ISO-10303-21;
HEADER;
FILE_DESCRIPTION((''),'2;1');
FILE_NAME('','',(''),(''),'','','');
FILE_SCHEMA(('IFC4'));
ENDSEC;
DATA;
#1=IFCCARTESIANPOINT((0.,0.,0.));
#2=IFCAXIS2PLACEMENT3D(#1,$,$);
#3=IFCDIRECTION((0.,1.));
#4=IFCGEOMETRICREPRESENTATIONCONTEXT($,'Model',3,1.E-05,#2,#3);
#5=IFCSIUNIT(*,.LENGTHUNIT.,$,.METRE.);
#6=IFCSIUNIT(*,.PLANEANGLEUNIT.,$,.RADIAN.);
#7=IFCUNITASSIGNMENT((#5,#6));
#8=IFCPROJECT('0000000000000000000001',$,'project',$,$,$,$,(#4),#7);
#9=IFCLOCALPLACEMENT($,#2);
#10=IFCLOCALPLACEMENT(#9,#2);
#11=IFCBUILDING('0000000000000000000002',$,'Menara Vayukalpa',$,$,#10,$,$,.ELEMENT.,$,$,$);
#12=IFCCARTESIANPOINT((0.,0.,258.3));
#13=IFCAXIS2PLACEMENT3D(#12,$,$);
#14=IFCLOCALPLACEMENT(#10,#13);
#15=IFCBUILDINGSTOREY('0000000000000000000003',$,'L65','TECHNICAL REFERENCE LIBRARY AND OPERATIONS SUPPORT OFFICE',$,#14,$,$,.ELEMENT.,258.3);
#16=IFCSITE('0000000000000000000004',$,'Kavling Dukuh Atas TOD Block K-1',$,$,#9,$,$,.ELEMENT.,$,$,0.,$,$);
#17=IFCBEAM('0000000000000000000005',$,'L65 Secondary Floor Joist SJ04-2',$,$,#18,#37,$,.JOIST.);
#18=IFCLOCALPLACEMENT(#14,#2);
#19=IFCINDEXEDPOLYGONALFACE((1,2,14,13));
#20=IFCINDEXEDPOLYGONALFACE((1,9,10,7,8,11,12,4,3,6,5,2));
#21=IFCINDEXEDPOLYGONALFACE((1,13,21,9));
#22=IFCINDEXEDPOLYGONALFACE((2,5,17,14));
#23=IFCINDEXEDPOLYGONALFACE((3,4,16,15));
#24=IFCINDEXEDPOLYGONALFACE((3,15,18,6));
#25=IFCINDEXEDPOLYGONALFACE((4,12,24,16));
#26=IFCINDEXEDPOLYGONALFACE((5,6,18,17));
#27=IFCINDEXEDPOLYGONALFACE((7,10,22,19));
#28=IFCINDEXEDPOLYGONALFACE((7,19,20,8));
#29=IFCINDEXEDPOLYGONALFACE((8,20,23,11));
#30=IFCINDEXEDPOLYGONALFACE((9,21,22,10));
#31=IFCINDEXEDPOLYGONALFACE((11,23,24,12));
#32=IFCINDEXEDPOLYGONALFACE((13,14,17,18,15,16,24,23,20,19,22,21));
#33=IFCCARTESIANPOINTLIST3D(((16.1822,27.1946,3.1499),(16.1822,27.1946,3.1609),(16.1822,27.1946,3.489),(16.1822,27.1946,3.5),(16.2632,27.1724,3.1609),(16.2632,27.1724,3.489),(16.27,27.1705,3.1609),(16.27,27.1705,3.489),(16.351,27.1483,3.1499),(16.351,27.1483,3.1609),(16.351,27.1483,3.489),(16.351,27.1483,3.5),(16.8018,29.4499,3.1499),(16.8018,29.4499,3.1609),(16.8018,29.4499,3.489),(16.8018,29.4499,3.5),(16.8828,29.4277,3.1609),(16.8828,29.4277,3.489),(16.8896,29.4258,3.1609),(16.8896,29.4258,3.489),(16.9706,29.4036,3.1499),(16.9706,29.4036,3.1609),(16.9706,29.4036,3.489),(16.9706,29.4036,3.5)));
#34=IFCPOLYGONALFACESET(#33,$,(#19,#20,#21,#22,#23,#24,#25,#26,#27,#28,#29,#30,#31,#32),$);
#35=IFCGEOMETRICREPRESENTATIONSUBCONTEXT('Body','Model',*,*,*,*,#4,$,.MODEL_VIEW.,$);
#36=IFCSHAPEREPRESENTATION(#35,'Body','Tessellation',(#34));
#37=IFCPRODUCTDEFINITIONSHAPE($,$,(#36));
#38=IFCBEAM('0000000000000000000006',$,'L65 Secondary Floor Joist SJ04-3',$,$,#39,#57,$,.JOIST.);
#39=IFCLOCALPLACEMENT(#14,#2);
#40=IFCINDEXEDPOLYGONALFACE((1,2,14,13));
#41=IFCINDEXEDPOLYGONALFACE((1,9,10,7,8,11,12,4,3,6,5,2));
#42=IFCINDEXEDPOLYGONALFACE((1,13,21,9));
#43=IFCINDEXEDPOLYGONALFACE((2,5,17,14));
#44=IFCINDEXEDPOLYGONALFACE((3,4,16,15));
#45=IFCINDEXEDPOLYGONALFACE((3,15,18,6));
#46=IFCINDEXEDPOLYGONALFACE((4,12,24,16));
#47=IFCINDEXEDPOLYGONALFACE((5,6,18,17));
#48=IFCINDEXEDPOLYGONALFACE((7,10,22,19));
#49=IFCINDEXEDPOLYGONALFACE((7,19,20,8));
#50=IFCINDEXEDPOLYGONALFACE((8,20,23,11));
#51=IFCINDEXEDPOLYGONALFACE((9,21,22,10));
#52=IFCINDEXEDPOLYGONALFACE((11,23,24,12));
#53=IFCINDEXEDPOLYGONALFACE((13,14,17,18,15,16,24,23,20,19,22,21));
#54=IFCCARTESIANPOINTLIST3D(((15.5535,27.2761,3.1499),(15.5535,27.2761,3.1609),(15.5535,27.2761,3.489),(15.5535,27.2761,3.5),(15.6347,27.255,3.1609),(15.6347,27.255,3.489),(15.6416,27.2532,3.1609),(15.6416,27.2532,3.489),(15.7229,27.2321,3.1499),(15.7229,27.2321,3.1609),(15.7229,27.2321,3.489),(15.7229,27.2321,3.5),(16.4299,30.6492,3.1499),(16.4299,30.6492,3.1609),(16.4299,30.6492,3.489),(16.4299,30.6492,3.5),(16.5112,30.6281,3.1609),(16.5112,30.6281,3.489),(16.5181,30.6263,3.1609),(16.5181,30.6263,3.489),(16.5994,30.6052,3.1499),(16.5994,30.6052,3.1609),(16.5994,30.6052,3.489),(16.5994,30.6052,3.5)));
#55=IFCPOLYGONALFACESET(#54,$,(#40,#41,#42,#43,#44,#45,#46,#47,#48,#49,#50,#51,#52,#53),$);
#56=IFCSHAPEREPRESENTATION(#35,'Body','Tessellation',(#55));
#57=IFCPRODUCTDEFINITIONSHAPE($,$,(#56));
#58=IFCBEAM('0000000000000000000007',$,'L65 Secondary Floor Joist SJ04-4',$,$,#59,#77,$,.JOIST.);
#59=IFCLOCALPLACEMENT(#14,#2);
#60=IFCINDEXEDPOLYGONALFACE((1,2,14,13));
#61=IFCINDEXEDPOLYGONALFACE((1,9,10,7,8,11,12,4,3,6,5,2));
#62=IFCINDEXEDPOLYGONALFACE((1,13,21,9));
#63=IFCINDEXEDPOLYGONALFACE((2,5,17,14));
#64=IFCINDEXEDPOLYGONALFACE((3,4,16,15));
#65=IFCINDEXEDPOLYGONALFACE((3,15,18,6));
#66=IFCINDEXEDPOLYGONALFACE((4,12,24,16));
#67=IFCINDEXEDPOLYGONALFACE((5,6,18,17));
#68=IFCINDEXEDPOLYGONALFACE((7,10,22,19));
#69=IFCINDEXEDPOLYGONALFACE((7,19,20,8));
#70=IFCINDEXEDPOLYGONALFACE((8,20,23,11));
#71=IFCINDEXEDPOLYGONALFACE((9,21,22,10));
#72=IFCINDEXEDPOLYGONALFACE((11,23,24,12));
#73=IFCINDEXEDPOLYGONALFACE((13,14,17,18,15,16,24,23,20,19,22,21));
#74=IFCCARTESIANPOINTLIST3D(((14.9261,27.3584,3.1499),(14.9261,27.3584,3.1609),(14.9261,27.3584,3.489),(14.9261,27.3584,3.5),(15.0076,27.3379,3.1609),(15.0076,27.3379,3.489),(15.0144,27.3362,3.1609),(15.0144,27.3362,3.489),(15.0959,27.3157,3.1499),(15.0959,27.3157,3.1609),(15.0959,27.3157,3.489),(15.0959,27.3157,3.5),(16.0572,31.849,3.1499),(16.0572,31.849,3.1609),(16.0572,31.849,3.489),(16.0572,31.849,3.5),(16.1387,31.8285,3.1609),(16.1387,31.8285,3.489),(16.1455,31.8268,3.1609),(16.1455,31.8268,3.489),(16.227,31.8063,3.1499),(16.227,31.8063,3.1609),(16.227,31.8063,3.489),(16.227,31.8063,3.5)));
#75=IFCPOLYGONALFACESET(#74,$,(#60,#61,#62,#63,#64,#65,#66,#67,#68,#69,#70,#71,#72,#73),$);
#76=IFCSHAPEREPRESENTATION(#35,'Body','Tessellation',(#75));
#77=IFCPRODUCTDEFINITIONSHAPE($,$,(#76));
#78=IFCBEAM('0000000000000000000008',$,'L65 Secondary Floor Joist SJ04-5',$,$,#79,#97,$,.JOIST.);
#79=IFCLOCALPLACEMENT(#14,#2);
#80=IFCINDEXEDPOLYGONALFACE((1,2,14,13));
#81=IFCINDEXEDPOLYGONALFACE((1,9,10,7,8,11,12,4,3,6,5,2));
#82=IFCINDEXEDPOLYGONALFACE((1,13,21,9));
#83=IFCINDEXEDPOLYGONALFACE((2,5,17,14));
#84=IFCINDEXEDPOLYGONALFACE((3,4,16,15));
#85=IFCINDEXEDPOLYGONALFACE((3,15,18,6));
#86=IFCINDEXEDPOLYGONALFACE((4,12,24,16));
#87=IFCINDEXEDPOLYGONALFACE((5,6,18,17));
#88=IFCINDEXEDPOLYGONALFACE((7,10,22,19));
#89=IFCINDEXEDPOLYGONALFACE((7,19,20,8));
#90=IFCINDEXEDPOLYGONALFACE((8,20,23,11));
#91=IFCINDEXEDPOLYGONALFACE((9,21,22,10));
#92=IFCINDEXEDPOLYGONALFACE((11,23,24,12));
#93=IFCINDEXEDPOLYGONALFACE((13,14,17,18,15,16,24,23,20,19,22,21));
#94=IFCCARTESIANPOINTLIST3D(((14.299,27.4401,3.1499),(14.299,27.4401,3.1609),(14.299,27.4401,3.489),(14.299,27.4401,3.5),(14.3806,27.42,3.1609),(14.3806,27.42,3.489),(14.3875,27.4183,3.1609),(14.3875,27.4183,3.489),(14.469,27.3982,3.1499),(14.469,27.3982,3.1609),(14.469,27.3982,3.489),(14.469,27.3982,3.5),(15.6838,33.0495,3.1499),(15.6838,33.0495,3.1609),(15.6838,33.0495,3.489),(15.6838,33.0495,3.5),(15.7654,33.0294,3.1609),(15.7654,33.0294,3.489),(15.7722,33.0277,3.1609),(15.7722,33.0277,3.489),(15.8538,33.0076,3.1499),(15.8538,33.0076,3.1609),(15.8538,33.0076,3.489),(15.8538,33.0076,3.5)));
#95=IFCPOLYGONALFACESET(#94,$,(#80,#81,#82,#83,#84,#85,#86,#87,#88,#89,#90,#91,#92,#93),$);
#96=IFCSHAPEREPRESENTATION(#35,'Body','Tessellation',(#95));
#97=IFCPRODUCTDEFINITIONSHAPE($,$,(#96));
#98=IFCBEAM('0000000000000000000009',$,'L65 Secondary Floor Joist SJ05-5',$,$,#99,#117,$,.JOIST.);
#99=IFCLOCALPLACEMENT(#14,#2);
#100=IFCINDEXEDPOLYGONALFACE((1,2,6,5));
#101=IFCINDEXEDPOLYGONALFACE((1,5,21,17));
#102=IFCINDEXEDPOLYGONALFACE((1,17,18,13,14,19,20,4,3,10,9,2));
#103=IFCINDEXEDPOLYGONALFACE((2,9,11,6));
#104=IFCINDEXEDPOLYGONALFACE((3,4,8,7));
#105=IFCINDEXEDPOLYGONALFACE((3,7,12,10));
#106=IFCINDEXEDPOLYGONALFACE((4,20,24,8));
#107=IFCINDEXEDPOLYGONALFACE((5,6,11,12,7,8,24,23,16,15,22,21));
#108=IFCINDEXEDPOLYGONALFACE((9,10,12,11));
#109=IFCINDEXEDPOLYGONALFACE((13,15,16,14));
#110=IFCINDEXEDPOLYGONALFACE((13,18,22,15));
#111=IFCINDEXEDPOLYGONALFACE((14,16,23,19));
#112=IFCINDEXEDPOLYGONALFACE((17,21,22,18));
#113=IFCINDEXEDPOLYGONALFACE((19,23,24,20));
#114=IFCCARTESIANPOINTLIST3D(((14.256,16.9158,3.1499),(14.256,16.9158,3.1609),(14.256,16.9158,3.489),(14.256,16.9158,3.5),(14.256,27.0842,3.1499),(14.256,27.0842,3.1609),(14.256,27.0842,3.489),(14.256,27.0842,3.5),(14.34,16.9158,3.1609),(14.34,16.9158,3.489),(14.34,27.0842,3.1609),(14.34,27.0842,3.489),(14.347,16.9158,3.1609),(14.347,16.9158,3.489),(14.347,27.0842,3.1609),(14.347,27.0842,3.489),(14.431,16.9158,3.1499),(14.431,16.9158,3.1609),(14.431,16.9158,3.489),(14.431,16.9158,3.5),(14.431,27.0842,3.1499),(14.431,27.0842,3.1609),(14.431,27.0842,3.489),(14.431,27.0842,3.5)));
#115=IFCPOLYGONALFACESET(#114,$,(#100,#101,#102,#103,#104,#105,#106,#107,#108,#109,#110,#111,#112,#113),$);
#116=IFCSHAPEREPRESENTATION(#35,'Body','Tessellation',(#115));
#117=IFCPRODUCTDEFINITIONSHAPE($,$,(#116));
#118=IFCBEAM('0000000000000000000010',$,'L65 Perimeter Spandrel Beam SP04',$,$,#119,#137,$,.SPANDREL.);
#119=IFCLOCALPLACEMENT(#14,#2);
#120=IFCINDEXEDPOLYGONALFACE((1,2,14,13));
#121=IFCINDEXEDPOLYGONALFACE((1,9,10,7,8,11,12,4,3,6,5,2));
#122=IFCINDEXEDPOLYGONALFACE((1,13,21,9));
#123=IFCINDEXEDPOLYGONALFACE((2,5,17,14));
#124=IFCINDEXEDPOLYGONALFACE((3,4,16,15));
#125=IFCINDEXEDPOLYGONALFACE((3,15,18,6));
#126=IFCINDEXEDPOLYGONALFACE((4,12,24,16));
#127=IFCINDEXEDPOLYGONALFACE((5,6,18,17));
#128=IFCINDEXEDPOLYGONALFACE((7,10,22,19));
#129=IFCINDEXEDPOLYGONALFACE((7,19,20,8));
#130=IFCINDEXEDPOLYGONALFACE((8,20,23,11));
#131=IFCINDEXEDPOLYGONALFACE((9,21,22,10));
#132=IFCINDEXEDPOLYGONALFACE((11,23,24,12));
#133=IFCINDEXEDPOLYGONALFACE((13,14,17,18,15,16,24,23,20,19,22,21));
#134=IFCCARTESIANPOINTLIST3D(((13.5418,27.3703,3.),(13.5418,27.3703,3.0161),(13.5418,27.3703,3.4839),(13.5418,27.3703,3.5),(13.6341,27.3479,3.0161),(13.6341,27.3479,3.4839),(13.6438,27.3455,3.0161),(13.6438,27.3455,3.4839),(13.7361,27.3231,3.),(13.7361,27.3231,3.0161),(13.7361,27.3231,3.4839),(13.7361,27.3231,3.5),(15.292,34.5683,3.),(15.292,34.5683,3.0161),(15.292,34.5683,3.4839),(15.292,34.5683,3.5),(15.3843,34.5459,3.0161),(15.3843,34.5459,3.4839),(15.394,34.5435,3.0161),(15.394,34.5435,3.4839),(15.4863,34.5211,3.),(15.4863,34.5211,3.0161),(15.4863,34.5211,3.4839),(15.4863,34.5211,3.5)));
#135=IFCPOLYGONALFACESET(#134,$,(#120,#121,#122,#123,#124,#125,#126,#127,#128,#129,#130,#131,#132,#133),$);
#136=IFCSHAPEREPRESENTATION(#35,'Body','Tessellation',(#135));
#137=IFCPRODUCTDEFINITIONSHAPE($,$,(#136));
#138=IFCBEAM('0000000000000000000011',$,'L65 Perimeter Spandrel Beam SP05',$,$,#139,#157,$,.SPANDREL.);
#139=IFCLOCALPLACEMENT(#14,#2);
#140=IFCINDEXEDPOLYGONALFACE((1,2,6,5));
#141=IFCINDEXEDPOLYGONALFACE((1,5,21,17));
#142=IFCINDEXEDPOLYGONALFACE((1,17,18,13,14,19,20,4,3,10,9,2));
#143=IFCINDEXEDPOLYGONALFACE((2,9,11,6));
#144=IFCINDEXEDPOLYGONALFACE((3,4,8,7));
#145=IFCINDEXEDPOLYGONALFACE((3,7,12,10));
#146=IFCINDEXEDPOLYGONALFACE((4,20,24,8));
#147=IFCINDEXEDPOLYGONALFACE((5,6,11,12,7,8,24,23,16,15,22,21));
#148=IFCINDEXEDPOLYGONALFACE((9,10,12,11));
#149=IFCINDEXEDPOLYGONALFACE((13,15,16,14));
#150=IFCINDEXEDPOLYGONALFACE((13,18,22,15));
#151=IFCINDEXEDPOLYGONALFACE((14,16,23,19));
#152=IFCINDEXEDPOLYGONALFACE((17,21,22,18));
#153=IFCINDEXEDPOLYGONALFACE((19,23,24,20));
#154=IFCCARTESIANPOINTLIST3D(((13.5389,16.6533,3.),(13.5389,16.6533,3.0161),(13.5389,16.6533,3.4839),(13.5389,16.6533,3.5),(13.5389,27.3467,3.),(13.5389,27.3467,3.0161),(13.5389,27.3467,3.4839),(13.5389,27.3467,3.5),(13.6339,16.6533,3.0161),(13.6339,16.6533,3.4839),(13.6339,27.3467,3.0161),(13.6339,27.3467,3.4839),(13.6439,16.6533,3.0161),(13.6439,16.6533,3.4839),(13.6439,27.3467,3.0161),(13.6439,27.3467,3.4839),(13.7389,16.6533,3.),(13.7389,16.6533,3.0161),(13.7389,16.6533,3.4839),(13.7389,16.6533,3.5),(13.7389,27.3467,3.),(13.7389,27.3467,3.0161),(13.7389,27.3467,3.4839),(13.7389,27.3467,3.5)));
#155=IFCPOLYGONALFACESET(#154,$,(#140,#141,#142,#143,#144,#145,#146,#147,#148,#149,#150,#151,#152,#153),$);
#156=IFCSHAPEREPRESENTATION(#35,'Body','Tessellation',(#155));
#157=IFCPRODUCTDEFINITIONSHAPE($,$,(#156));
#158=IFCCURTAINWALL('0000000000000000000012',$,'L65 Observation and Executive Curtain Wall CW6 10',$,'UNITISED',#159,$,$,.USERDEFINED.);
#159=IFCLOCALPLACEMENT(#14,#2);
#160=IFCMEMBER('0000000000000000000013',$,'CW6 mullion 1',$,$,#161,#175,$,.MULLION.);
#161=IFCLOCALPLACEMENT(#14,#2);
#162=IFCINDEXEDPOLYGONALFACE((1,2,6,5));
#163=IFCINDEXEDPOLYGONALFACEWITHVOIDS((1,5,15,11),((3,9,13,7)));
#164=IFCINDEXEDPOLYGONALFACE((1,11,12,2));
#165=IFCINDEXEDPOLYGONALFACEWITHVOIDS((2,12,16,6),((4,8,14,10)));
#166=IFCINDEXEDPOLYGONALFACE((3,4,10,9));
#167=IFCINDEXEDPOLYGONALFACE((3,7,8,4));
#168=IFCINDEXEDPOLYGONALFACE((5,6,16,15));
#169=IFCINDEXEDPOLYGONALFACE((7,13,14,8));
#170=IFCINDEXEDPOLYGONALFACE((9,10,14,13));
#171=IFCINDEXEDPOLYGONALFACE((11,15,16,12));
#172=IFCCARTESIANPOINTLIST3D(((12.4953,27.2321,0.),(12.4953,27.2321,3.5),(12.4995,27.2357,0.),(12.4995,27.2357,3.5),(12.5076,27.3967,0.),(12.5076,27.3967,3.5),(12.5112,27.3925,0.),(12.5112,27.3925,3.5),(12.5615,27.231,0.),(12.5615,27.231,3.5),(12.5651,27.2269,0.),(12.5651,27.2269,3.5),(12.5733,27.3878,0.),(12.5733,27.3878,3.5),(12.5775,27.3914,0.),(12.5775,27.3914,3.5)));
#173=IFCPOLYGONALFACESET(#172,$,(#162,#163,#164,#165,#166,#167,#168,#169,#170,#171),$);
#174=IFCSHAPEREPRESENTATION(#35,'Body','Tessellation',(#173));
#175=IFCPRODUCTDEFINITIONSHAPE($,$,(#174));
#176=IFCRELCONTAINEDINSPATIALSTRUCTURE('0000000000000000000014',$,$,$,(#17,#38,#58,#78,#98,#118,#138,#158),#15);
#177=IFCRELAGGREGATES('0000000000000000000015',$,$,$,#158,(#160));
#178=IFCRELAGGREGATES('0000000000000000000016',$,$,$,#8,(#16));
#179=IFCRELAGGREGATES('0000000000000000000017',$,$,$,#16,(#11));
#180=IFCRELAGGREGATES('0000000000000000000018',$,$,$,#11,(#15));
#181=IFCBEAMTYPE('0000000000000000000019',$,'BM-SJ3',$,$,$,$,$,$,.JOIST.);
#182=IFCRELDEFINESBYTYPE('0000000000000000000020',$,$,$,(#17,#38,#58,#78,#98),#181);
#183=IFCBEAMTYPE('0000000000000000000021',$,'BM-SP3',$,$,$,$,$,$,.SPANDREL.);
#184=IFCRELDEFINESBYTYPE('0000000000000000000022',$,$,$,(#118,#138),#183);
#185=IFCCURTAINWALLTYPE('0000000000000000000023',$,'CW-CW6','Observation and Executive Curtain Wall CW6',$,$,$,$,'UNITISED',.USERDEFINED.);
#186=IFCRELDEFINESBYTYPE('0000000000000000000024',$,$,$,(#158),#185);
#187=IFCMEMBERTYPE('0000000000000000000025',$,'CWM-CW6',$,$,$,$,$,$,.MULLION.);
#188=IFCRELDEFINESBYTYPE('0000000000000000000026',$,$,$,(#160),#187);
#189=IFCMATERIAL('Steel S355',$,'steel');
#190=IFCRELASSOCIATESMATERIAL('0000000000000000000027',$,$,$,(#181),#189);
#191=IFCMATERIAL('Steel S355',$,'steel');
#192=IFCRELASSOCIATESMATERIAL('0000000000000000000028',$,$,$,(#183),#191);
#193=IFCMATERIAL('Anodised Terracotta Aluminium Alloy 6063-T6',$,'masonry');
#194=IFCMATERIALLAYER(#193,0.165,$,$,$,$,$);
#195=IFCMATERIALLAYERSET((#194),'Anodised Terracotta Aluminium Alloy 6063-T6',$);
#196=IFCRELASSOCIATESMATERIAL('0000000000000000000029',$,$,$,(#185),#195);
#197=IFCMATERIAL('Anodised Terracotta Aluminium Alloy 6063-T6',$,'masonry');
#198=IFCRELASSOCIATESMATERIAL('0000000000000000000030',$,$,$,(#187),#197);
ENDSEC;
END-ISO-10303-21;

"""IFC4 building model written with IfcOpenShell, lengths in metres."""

from ifc_helpers import new_model, si_unit, direction, frame, origin, origin_2d, place, context, subcontext, project, spatial, hollow_rectangle, i_section, extrude, material, layer, layer_set, material_profile, profile_set, type_object, element, aggregate, save


model = new_model("IFC4")

# Units and contexts
model_context = context("Model", 3, precision=1e-05, world=origin(), true_north=direction((0.0, 1.0)))
body_context = subcontext(model_context, "Body", "Model", "MODEL_VIEW")
ifc_project = project(units=[si_unit("LENGTHUNIT", "METRE"), si_unit("PLANEANGLEUNIT", "RADIAN")], contexts=[model_context])

# Site, building, storey
site_placement = place(None, origin())
site = spatial("IfcSite", under=ifc_project, at=site_placement, Name="Kavling Dukuh Atas TOD Block K-1", CompositionType="ELEMENT", RefElevation=0.0)
building_placement = place(site_placement, origin())
building = spatial("IfcBuilding", under=site, at=building_placement, Name="Menara Vayukalpa", CompositionType="ELEMENT")
storey_placement = place(building_placement, frame((0.0, 0.0, 258.3)))
storey = spatial("IfcBuildingStorey", under=building, at=storey_placement, Name="L65", Description="TECHNICAL REFERENCE LIBRARY AND OPERATIONS SUPPORT OFFICE", CompositionType="ELEMENT", Elevation=258.3)

# Beams
ifc_material_1 = material(Name="Steel S355", Category="steel")
ifc_material_profile_1 = material_profile(ifc_material_1, i_section(OverallWidth=0.175, OverallDepth=0.3501, WebThickness=0.0071, FlangeThickness=0.011, at=origin_2d()), Name="WF 350x175x7x11")
ifc_profile_set_1 = profile_set([ifc_material_profile_1], Name="Steel S355")
beam_type_1 = type_object("IfcBeamType", Name="BM-SJ3", PredefinedType="JOIST", material=ifc_profile_set_1)
beam_1_placement = place(storey_placement, frame((16.8862, 29.4268, 3.325), z_axis=(-0.264919, -0.964271, 0.0), x_axis=(0.964271, -0.264919, 0.0)))
element("IfcBeam", 1, at=beam_1_placement, inside=storey, type_object=beam_type_1, Name="L65 Secondary Floor Joist SJ04-2", PredefinedType="JOIST", context=body_context, shape_type="SweptSolid", body=[
    extrude(i_section(OverallWidth=0.175, OverallDepth=0.3501, WebThickness=0.0071, FlangeThickness=0.011, at=origin_2d()), origin(), (0.0, 0.0, 1.0), 2.3389),
])
beam_2_placement = place(storey_placement, frame((16.5146, 30.6272, 3.325), z_axis=(-0.251492, -0.967859, 0.0), x_axis=(0.967859, -0.251492, 0.0)))
element("IfcBeam", 2, at=beam_2_placement, inside=storey, type_object=beam_type_1, Name="L65 Secondary Floor Joist SJ04-3", PredefinedType="JOIST", context=body_context, shape_type="SweptSolid", body=[
    extrude(i_section(OverallWidth=0.175, OverallDepth=0.3501, WebThickness=0.0071, FlangeThickness=0.011, at=origin_2d()), origin(), (0.0, 0.0, 1.0), 3.4851),
])
beam_3_placement = place(storey_placement, frame((16.1421, 31.8276, 3.325), z_axis=(-0.244247, -0.969713, 0.0), x_axis=(0.969713, -0.244247, 0.0)))
element("IfcBeam", 3, at=beam_3_placement, inside=storey, type_object=beam_type_1, Name="L65 Secondary Floor Joist SJ04-4", PredefinedType="JOIST", context=body_context, shape_type="SweptSolid", body=[
    extrude(i_section(OverallWidth=0.175, OverallDepth=0.3501, WebThickness=0.0071, FlangeThickness=0.011, at=origin_2d()), origin(), (0.0, 0.0, 1.0), 4.6309),
])
beam_4_placement = place(storey_placement, frame((15.7688, 33.0286, 3.325), z_axis=(-0.239671, -0.970854, 0.0), x_axis=(0.970854, -0.239671, 0.0)))
element("IfcBeam", 4, at=beam_4_placement, inside=storey, type_object=beam_type_1, Name="L65 Secondary Floor Joist SJ04-5", PredefinedType="JOIST", context=body_context, shape_type="SweptSolid", body=[
    extrude(i_section(OverallWidth=0.175, OverallDepth=0.3501, WebThickness=0.0071, FlangeThickness=0.011, at=origin_2d()), origin(), (0.0, 0.0, 1.0), 5.7778),
])
beam_5_placement = place(storey_placement, frame((14.3435, 27.0842, 3.325), z_axis=(0.0, -1.0, 0.0), x_axis=(1.0, 0.0, 0.0)))
element("IfcBeam", 5, at=beam_5_placement, inside=storey, type_object=beam_type_1, Name="L65 Secondary Floor Joist SJ05-5", PredefinedType="JOIST", context=body_context, shape_type="SweptSolid", body=[
    extrude(i_section(OverallWidth=0.175, OverallDepth=0.3501, WebThickness=0.0071, FlangeThickness=0.011, at=origin_2d()), origin(), (0.0, 0.0, 1.0), 10.1685),
])
ifc_material_2 = material(Name="Steel S355", Category="steel")
ifc_material_profile_2 = material_profile(ifc_material_2, i_section(OverallWidth=0.2, OverallDepth=0.5, WebThickness=0.01, FlangeThickness=0.0161, at=origin_2d()), Name="WF 500x200x10x16")
ifc_profile_set_2 = profile_set([ifc_material_profile_2], Name="Steel S355")
beam_type_2 = type_object("IfcBeamType", Name="BM-SP3", PredefinedType="SPANDREL", material=ifc_profile_set_2)
beam_6_placement = place(storey_placement, frame((15.3892, 34.5447, 3.25), z_axis=(-0.236273, -0.971687, 0.0), x_axis=(0.971687, -0.236273, 0.0)))
element("IfcBeam", 6, at=beam_6_placement, inside=storey, type_object=beam_type_2, Name="L65 Perimeter Spandrel Beam SP04", PredefinedType="SPANDREL", context=body_context, shape_type="SweptSolid", body=[
    extrude(i_section(OverallWidth=0.2, OverallDepth=0.5, WebThickness=0.01, FlangeThickness=0.0161, at=origin_2d()), origin(), (0.0, 0.0, 1.0), 7.4077),
])
beam_7_placement = place(storey_placement, frame((13.6389, 27.3467, 3.25), z_axis=(0.0, -1.0, 0.0), x_axis=(1.0, 0.0, 0.0)))
element("IfcBeam", 7, at=beam_7_placement, inside=storey, type_object=beam_type_2, Name="L65 Perimeter Spandrel Beam SP05", PredefinedType="SPANDREL", context=body_context, shape_type="SweptSolid", body=[
    extrude(i_section(OverallWidth=0.2, OverallDepth=0.5, WebThickness=0.01, FlangeThickness=0.0161, at=origin_2d()), origin(), (0.0, 0.0, 1.0), 10.6934),
])

# Curtain wall, member
ifc_material_3 = material(Name="Anodised Terracotta Aluminium Alloy 6063-T6", Category="masonry")
ifc_layer_1 = layer(ifc_material_3, 0.165)
ifc_layer_set_1 = layer_set([ifc_layer_1], Name="Anodised Terracotta Aluminium Alloy 6063-T6")
curtain_wall_type = type_object("IfcCurtainWallType", Name="CW-CW6", Description="Observation and Executive Curtain Wall CW6", ElementType="UNITISED", PredefinedType="USERDEFINED", material=ifc_layer_set_1)
curtain_wall_placement = place(storey_placement, origin())
curtain_wall = element("IfcCurtainWall", 8, at=curtain_wall_placement, inside=storey, type_object=curtain_wall_type, Name="L65 Observation and Executive Curtain Wall CW6 10", ObjectType="UNITISED", PredefinedType="USERDEFINED")
ifc_material_4 = material(Name="Anodised Terracotta Aluminium Alloy 6063-T6", Category="masonry")
ifc_material_profile_3 = material_profile(ifc_material_4, hollow_rectangle(XDim=0.0701, YDim=0.165, WallThickness=0.0039, at=origin_2d()), Name="ALU 70x165x4")
ifc_profile_set_3 = profile_set([ifc_material_profile_3], Name="Anodised Terracotta Aluminium Alloy 6063-T6")
member_type_1 = type_object("IfcMemberType", Name="CWM-CW6", PredefinedType="MULLION", material=ifc_profile_set_3)
member_1_placement = place(storey_placement, frame((12.5364, 27.3118, 0.0), z_axis=(0.0, 0.0, 1.0), x_axis=(0.997199, -0.074789, 0.0)))
member_1 = element("IfcMember", 9, at=member_1_placement, type_object=member_type_1, Name="CW6 mullion 1", PredefinedType="MULLION", context=body_context, shape_type="SweptSolid", body=[
    extrude(hollow_rectangle(XDim=0.0701, YDim=0.165, WallThickness=0.0039, at=origin_2d()), origin(), (0.0, 0.0, 1.0), 3.5),
])
aggregate(curtain_wall, [member_1])

save(model, "model.ifc")
